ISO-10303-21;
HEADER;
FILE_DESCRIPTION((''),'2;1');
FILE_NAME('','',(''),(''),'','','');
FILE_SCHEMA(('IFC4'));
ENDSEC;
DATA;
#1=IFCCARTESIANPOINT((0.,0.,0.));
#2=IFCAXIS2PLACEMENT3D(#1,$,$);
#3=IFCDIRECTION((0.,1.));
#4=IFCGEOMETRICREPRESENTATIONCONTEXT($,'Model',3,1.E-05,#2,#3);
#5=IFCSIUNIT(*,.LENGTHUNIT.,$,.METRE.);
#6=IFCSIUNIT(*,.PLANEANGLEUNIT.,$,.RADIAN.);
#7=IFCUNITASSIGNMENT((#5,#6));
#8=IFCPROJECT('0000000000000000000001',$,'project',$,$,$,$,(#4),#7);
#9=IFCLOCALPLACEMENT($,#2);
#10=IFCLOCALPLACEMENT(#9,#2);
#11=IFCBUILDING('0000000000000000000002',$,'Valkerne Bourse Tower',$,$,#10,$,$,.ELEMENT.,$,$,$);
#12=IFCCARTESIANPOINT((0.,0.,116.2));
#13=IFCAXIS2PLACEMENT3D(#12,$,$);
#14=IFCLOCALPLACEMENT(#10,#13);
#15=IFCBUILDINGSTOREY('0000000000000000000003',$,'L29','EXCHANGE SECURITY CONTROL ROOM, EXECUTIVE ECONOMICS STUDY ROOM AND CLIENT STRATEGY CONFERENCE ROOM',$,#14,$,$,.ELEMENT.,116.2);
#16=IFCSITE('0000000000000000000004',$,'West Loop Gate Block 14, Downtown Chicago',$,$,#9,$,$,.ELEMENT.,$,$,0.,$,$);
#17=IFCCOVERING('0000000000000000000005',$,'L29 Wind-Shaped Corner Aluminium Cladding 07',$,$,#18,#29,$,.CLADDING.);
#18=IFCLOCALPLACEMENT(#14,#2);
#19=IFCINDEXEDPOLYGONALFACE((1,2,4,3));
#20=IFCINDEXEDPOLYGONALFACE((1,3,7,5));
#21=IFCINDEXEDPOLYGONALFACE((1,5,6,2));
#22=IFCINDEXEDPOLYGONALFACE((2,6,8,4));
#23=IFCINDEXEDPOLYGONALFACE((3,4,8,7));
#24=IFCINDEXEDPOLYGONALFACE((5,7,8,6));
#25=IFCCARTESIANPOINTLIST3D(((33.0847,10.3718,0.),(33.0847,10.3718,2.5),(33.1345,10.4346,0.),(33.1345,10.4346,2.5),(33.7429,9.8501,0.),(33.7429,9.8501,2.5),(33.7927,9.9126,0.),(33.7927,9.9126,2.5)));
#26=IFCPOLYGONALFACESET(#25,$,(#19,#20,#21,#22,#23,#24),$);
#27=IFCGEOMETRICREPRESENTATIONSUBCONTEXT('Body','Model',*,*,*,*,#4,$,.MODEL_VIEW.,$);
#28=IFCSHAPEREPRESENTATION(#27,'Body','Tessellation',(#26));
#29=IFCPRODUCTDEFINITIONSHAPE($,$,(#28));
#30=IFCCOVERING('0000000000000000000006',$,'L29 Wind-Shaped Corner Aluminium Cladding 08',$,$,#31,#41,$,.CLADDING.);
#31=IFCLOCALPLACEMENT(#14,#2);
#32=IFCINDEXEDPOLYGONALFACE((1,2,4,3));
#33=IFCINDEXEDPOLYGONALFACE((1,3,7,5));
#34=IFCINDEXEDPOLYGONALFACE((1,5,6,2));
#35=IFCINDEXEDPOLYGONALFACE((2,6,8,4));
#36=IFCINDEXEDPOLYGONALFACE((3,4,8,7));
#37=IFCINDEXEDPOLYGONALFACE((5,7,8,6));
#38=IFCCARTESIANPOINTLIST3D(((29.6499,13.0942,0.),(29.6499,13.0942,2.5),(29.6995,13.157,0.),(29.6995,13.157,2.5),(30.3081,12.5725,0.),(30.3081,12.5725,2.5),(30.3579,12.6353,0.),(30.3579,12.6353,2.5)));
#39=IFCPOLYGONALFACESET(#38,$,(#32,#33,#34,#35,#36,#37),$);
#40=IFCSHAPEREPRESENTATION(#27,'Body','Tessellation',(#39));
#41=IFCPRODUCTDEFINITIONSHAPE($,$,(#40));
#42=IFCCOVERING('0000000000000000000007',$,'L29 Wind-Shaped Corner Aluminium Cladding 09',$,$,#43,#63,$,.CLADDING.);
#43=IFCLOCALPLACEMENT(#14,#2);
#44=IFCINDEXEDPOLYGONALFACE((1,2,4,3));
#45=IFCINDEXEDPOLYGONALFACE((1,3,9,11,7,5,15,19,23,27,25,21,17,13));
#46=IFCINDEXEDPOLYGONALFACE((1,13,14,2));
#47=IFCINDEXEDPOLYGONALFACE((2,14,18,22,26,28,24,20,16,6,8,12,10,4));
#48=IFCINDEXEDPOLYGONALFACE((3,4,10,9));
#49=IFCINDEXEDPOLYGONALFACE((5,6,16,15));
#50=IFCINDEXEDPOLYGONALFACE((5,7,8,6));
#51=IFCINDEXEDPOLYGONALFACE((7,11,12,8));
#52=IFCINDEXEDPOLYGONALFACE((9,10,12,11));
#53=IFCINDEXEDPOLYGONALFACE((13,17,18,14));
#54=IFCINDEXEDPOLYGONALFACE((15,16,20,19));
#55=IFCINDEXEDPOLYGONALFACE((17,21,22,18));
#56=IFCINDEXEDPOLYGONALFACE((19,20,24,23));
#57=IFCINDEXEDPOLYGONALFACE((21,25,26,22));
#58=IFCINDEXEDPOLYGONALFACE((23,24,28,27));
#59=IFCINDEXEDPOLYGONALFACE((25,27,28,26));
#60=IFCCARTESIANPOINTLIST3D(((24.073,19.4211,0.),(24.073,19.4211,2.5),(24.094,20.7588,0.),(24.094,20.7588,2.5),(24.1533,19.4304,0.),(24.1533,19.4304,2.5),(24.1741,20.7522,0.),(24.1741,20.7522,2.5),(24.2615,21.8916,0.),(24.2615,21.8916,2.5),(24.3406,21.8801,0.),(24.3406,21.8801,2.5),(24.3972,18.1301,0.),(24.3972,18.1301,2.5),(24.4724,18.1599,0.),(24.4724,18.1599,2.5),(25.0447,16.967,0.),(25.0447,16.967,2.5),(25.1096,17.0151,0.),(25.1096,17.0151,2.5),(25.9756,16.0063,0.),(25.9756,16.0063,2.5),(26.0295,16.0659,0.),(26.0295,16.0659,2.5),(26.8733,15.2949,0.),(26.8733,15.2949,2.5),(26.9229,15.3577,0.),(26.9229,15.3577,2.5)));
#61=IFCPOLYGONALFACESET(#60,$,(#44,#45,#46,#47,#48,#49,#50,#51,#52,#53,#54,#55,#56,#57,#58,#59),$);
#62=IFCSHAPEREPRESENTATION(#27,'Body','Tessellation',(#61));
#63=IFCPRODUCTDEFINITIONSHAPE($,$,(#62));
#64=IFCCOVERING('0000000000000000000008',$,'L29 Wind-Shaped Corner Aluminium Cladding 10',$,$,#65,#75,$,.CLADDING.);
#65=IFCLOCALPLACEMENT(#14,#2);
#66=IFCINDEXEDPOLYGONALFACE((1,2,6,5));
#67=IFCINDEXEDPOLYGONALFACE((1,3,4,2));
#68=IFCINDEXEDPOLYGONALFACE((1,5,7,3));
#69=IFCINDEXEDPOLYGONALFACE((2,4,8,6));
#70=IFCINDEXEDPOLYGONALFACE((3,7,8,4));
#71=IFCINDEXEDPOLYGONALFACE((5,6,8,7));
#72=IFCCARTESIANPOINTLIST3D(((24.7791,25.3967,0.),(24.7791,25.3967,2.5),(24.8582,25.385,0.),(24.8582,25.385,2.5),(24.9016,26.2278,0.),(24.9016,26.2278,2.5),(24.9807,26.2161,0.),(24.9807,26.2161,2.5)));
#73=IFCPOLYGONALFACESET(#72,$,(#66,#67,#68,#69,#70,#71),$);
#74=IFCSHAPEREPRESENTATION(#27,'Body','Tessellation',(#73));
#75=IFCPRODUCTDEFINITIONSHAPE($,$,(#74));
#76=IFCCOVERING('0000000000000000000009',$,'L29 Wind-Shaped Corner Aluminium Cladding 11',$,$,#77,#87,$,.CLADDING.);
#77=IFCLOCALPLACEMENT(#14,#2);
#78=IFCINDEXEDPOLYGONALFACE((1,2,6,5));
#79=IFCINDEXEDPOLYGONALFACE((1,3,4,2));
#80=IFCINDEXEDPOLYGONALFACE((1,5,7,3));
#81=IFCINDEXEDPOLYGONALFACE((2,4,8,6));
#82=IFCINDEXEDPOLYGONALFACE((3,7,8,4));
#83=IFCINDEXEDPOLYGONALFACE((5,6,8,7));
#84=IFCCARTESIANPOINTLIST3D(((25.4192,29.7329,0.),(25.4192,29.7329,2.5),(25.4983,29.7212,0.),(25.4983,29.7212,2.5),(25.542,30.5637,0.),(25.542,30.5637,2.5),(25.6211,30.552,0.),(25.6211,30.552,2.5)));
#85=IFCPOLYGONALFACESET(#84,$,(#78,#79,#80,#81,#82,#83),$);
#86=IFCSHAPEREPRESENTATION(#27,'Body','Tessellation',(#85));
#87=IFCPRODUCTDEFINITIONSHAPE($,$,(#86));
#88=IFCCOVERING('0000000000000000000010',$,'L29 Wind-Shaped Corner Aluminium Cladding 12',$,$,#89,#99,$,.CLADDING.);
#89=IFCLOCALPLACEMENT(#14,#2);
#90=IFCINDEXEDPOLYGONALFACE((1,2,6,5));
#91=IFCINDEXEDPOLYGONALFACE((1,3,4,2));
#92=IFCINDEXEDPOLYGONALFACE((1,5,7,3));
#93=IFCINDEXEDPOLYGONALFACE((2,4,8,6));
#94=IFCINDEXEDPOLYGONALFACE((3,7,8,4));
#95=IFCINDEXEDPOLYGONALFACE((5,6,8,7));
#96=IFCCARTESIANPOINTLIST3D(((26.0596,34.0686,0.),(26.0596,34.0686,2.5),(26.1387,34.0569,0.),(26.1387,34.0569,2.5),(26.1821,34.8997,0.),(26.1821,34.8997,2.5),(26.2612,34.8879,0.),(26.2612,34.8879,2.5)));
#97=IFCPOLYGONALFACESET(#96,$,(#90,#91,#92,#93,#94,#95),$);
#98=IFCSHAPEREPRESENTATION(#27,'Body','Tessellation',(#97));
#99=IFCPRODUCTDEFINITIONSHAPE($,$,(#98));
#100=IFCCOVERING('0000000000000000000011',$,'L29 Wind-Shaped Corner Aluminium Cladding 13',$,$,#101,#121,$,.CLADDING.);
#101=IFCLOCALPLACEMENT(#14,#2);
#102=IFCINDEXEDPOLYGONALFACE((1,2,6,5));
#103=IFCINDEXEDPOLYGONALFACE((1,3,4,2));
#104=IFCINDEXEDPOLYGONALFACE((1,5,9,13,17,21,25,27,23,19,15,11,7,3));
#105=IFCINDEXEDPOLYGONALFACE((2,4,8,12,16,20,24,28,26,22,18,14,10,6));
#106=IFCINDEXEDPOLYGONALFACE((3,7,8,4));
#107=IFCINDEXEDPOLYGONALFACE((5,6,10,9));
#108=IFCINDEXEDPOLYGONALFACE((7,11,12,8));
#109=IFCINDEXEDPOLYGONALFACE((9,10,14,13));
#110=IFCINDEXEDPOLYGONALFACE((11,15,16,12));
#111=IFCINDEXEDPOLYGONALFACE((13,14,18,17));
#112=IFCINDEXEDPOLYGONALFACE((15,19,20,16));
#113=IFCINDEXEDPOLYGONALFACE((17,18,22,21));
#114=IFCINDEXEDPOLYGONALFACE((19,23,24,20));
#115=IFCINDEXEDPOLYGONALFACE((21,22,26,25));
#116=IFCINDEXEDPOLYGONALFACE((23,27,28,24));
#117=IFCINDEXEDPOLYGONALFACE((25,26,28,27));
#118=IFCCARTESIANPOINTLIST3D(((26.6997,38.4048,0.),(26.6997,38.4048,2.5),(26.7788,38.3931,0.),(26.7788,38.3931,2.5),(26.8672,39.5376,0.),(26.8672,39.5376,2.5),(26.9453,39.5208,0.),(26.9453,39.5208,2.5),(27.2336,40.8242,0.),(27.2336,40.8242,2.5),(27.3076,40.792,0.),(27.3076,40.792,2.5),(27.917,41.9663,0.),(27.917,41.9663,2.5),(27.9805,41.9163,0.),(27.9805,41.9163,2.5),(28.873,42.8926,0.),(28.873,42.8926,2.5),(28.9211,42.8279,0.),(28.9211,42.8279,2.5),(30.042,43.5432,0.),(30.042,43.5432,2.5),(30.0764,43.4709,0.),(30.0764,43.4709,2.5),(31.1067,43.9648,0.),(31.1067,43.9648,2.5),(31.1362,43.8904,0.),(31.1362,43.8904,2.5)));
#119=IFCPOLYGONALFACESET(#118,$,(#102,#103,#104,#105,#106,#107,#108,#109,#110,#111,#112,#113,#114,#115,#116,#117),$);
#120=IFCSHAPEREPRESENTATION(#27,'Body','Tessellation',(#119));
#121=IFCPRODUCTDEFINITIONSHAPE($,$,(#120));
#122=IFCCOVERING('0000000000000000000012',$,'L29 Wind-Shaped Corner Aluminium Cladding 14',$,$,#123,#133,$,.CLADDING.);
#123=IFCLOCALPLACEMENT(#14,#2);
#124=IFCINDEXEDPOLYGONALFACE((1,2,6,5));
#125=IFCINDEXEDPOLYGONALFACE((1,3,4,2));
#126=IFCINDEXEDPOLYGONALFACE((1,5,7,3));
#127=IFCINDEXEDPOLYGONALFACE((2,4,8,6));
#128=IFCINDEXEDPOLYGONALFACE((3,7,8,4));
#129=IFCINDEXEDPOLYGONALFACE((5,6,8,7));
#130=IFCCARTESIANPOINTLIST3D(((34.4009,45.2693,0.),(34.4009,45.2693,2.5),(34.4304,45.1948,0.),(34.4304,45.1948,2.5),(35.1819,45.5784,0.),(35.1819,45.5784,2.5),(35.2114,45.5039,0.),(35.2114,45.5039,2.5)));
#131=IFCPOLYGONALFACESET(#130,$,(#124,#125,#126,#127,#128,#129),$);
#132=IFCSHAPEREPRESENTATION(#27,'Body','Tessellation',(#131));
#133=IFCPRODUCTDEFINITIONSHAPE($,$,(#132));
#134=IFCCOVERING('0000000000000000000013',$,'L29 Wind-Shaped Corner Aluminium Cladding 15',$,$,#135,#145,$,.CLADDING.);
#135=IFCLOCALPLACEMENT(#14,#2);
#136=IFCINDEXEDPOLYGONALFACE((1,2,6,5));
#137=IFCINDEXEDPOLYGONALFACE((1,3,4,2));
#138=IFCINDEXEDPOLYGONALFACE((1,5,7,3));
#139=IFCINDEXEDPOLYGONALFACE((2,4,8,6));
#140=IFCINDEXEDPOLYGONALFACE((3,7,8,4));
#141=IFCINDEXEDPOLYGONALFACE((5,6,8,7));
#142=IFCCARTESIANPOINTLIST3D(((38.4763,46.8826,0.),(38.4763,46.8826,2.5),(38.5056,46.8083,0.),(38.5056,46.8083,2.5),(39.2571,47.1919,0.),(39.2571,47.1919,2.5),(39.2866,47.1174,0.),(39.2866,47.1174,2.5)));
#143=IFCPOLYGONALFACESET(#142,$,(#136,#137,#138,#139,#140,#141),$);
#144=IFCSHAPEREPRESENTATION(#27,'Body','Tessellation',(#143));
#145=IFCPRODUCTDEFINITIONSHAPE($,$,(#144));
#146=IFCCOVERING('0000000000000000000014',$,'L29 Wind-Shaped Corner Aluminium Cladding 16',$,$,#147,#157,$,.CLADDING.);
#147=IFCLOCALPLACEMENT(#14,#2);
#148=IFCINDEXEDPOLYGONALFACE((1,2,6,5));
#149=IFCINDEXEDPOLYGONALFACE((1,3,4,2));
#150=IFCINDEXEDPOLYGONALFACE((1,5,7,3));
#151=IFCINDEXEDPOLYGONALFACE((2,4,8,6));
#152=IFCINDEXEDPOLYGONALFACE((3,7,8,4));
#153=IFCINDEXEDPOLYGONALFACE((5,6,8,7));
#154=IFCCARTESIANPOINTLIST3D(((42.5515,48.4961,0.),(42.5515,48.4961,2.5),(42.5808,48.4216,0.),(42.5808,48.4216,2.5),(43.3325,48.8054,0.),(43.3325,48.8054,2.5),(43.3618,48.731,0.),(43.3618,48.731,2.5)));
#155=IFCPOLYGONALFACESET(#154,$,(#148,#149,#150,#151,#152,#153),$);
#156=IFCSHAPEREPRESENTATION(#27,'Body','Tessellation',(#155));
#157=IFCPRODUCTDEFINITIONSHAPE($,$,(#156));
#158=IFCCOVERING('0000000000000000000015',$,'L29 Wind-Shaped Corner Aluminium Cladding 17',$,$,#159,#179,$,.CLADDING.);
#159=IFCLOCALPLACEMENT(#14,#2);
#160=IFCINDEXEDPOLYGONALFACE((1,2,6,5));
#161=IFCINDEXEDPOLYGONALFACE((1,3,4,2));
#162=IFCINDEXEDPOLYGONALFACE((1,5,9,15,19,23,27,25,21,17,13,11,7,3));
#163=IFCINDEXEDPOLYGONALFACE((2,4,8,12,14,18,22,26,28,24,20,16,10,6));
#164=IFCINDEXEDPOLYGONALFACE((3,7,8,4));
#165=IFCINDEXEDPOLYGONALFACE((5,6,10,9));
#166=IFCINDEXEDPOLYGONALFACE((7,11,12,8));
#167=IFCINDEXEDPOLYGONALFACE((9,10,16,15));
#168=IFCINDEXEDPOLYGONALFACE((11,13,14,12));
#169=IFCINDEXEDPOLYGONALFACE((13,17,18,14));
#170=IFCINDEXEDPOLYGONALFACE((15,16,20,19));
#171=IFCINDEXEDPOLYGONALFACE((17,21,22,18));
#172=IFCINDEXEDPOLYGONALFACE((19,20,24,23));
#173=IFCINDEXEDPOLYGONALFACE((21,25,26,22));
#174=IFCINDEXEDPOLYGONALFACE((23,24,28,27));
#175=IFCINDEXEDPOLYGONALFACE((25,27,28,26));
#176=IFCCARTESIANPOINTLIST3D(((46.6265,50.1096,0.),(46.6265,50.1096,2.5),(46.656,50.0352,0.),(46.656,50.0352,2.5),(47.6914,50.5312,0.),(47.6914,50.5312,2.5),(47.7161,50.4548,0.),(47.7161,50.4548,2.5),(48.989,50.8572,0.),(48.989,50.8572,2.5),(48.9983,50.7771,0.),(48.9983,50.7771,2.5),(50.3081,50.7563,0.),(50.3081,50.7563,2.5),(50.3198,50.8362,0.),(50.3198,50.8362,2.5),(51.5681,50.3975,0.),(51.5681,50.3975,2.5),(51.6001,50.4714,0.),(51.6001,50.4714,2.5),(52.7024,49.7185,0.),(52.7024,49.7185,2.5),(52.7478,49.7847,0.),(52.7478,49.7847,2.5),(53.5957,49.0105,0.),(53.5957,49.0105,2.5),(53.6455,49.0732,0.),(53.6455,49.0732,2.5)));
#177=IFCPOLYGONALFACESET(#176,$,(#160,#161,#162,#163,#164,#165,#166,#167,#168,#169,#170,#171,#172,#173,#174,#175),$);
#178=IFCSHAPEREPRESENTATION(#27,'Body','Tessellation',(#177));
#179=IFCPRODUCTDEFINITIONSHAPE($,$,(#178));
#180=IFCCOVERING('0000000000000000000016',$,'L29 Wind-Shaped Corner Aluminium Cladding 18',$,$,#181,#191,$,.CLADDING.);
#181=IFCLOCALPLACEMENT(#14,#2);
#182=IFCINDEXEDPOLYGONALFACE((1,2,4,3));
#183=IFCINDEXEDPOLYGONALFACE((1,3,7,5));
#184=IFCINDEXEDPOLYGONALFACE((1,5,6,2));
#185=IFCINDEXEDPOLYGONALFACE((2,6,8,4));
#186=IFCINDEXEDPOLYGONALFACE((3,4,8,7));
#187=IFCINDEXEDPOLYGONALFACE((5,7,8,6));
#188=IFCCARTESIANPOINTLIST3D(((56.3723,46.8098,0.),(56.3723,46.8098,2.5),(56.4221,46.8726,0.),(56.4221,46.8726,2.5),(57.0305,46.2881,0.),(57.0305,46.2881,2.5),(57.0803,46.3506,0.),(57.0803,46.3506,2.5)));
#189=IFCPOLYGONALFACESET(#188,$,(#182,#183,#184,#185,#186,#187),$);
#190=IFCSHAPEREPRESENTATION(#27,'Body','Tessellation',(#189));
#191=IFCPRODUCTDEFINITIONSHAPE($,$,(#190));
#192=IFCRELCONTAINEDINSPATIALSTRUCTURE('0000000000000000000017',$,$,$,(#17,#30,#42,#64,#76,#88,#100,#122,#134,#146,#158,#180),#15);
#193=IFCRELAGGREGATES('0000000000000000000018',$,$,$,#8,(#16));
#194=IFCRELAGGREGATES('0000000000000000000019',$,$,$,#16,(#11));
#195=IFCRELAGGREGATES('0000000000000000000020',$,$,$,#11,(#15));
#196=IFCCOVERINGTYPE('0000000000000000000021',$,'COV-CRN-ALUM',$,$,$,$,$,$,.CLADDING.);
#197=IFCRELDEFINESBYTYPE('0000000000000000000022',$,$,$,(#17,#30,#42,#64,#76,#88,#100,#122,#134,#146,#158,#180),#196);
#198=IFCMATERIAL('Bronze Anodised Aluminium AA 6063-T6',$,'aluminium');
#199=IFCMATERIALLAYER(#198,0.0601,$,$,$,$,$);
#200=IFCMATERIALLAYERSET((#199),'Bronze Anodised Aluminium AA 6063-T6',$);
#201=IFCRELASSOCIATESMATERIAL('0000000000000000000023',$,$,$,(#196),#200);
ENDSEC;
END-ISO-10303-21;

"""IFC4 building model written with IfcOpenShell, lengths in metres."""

from ifc_helpers import new_model, si_unit, direction, frame, origin, place, context, subcontext, project, spatial, polyline, outline, extrude, material, layer, layer_set, type_object, element, save


model = new_model("IFC4")

# Units and contexts
model_context = context("Model", 3, precision=1e-05, world=origin(), true_north=direction((0.0, 1.0)))
body_context = subcontext(model_context, "Body", "Model", "MODEL_VIEW")
ifc_project = project(units=[si_unit("LENGTHUNIT", "METRE"), si_unit("PLANEANGLEUNIT", "RADIAN")], contexts=[model_context])

# Site, building, storey
site_placement = place(None, origin())
site = spatial("IfcSite", under=ifc_project, at=site_placement, Name="West Loop Gate Block 14, Downtown Chicago", CompositionType="ELEMENT", RefElevation=0.0)
building_placement = place(site_placement, origin())
building = spatial("IfcBuilding", under=site, at=building_placement, Name="Valkerne Bourse Tower", CompositionType="ELEMENT")
storey_placement = place(building_placement, frame((0.0, 0.0, 116.2)))
storey = spatial("IfcBuildingStorey", under=building, at=storey_placement, Name="L29", Description="EXCHANGE SECURITY CONTROL ROOM, EXECUTIVE ECONOMICS STUDY ROOM AND CLIENT STRATEGY CONFERENCE ROOM", CompositionType="ELEMENT", Elevation=116.2)

# Coverings
ifc_material_1 = material(Name="Bronze Anodised Aluminium AA 6063-T6", Category="aluminium")
ifc_layer_1 = layer(ifc_material_1, 0.0601)
ifc_layer_set_1 = layer_set([ifc_layer_1], Name="Bronze Anodised Aluminium AA 6063-T6")
covering_type = type_object("IfcCoveringType", Name="COV-CRN-ALUM", PredefinedType="CLADDING", material=ifc_layer_set_1)
covering_1_placement = place(storey_placement, origin())
element("IfcCovering", 1, at=covering_1_placement, inside=storey, type_object=covering_type, Name="L29 Wind-Shaped Corner Aluminium Cladding 07", PredefinedType="CLADDING", context=body_context, shape_type="SweptSolid", body=[
    extrude(outline(polyline([(33.0847, 10.3718), (33.1345, 10.4346), (33.7927, 9.9126), (33.7429, 9.8501), (33.0847, 10.3718)])), origin(), (0.0, 0.0, 1.0), 2.5),
])
covering_2_placement = place(storey_placement, origin())
element("IfcCovering", 2, at=covering_2_placement, inside=storey, type_object=covering_type, Name="L29 Wind-Shaped Corner Aluminium Cladding 08", PredefinedType="CLADDING", context=body_context, shape_type="SweptSolid", body=[
    extrude(outline(polyline([(29.6499, 13.0942), (29.6995, 13.157), (30.3579, 12.6353), (30.3081, 12.5725), (29.6499, 13.0942)])), origin(), (0.0, 0.0, 1.0), 2.5),
])
covering_3_placement = place(storey_placement, origin())
element("IfcCovering", 3, at=covering_3_placement, inside=storey, type_object=covering_type, Name="L29 Wind-Shaped Corner Aluminium Cladding 09", PredefinedType="CLADDING", context=body_context, shape_type="SweptSolid", body=[
    extrude(outline(polyline([(25.9756, 16.0063), (25.0447, 16.967), (24.3972, 18.1301), (24.073, 19.4211), (24.094, 20.7588), (24.2615, 21.8916), (24.3406, 21.8801), (24.1741, 20.7522), (24.1533, 19.4304), (24.4724, 18.1599), (25.1096, 17.0151), (26.0295, 16.0659), (26.9229, 15.3577), (26.8733, 15.2949), (25.9756, 16.0063)])), origin(), (0.0, 0.0, 1.0), 2.5),
])
covering_4_placement = place(storey_placement, origin())
element("IfcCovering", 4, at=covering_4_placement, inside=storey, type_object=covering_type, Name="L29 Wind-Shaped Corner Aluminium Cladding 10", PredefinedType="CLADDING", context=body_context, shape_type="SweptSolid", body=[
    extrude(outline(polyline([(24.9016, 26.2278), (24.9807, 26.2161), (24.8582, 25.385), (24.7791, 25.3967), (24.9016, 26.2278)])), origin(), (0.0, 0.0, 1.0), 2.5),
])
covering_5_placement = place(storey_placement, origin())
element("IfcCovering", 5, at=covering_5_placement, inside=storey, type_object=covering_type, Name="L29 Wind-Shaped Corner Aluminium Cladding 11", PredefinedType="CLADDING", context=body_context, shape_type="SweptSolid", body=[
    extrude(outline(polyline([(25.542, 30.5637), (25.6211, 30.552), (25.4983, 29.7212), (25.4192, 29.7329), (25.542, 30.5637)])), origin(), (0.0, 0.0, 1.0), 2.5),
])
covering_6_placement = place(storey_placement, origin())
element("IfcCovering", 6, at=covering_6_placement, inside=storey, type_object=covering_type, Name="L29 Wind-Shaped Corner Aluminium Cladding 12", PredefinedType="CLADDING", context=body_context, shape_type="SweptSolid", body=[
    extrude(outline(polyline([(26.1821, 34.8997), (26.2612, 34.8879), (26.1387, 34.0569), (26.0596, 34.0686), (26.1821, 34.8997)])), origin(), (0.0, 0.0, 1.0), 2.5),
])
covering_7_placement = place(storey_placement, origin())
element("IfcCovering", 7, at=covering_7_placement, inside=storey, type_object=covering_type, Name="L29 Wind-Shaped Corner Aluminium Cladding 13", PredefinedType="CLADDING", context=body_context, shape_type="SweptSolid", body=[
    extrude(outline(polyline([(26.8672, 39.5376), (27.2336, 40.8242), (27.917, 41.9663), (28.873, 42.8926), (30.042, 43.5432), (31.1067, 43.9648), (31.1362, 43.8904), (30.0764, 43.4709), (28.9211, 42.8279), (27.9805, 41.9163), (27.3076, 40.792), (26.9453, 39.5208), (26.7788, 38.3931), (26.6997, 38.4048), (26.8672, 39.5376)])), origin(), (0.0, 0.0, 1.0), 2.5),
])
covering_8_placement = place(storey_placement, origin())
element("IfcCovering", 8, at=covering_8_placement, inside=storey, type_object=covering_type, Name="L29 Wind-Shaped Corner Aluminium Cladding 14", PredefinedType="CLADDING", context=body_context, shape_type="SweptSolid", body=[
    extrude(outline(polyline([(35.1819, 45.5784), (35.2114, 45.5039), (34.4304, 45.1948), (34.4009, 45.2693), (35.1819, 45.5784)])), origin(), (0.0, 0.0, 1.0), 2.5),
])
covering_9_placement = place(storey_placement, origin())
element("IfcCovering", 9, at=covering_9_placement, inside=storey, type_object=covering_type, Name="L29 Wind-Shaped Corner Aluminium Cladding 15", PredefinedType="CLADDING", context=body_context, shape_type="SweptSolid", body=[
    extrude(outline(polyline([(39.2571, 47.1919), (39.2866, 47.1174), (38.5056, 46.8083), (38.4763, 46.8826), (39.2571, 47.1919)])), origin(), (0.0, 0.0, 1.0), 2.5),
])
covering_10_placement = place(storey_placement, origin())
element("IfcCovering", 10, at=covering_10_placement, inside=storey, type_object=covering_type, Name="L29 Wind-Shaped Corner Aluminium Cladding 16", PredefinedType="CLADDING", context=body_context, shape_type="SweptSolid", body=[
    extrude(outline(polyline([(43.3325, 48.8054), (43.3618, 48.731), (42.5808, 48.4216), (42.5515, 48.4961), (43.3325, 48.8054)])), origin(), (0.0, 0.0, 1.0), 2.5),
])
covering_11_placement = place(storey_placement, origin())
element("IfcCovering", 11, at=covering_11_placement, inside=storey, type_object=covering_type, Name="L29 Wind-Shaped Corner Aluminium Cladding 17", PredefinedType="CLADDING", context=body_context, shape_type="SweptSolid", body=[
    extrude(outline(polyline([(47.6914, 50.5312), (48.989, 50.8572), (50.3198, 50.8362), (51.6001, 50.4714), (52.7478, 49.7847), (53.6455, 49.0732), (53.5957, 49.0105), (52.7024, 49.7185), (51.5681, 50.3975), (50.3081, 50.7563), (48.9983, 50.7771), (47.7161, 50.4548), (46.656, 50.0352), (46.6265, 50.1096), (47.6914, 50.5312)])), origin(), (0.0, 0.0, 1.0), 2.5),
])
covering_12_placement = place(storey_placement, origin())
element("IfcCovering", 12, at=covering_12_placement, inside=storey, type_object=covering_type, Name="L29 Wind-Shaped Corner Aluminium Cladding 18", PredefinedType="CLADDING", context=body_context, shape_type="SweptSolid", body=[
    extrude(outline(polyline([(57.0803, 46.3506), (57.0305, 46.2881), (56.3723, 46.8098), (56.4221, 46.8726), (57.0803, 46.3506)])), origin(), (0.0, 0.0, 1.0), 2.5),
])

save(model, "model.ifc")
